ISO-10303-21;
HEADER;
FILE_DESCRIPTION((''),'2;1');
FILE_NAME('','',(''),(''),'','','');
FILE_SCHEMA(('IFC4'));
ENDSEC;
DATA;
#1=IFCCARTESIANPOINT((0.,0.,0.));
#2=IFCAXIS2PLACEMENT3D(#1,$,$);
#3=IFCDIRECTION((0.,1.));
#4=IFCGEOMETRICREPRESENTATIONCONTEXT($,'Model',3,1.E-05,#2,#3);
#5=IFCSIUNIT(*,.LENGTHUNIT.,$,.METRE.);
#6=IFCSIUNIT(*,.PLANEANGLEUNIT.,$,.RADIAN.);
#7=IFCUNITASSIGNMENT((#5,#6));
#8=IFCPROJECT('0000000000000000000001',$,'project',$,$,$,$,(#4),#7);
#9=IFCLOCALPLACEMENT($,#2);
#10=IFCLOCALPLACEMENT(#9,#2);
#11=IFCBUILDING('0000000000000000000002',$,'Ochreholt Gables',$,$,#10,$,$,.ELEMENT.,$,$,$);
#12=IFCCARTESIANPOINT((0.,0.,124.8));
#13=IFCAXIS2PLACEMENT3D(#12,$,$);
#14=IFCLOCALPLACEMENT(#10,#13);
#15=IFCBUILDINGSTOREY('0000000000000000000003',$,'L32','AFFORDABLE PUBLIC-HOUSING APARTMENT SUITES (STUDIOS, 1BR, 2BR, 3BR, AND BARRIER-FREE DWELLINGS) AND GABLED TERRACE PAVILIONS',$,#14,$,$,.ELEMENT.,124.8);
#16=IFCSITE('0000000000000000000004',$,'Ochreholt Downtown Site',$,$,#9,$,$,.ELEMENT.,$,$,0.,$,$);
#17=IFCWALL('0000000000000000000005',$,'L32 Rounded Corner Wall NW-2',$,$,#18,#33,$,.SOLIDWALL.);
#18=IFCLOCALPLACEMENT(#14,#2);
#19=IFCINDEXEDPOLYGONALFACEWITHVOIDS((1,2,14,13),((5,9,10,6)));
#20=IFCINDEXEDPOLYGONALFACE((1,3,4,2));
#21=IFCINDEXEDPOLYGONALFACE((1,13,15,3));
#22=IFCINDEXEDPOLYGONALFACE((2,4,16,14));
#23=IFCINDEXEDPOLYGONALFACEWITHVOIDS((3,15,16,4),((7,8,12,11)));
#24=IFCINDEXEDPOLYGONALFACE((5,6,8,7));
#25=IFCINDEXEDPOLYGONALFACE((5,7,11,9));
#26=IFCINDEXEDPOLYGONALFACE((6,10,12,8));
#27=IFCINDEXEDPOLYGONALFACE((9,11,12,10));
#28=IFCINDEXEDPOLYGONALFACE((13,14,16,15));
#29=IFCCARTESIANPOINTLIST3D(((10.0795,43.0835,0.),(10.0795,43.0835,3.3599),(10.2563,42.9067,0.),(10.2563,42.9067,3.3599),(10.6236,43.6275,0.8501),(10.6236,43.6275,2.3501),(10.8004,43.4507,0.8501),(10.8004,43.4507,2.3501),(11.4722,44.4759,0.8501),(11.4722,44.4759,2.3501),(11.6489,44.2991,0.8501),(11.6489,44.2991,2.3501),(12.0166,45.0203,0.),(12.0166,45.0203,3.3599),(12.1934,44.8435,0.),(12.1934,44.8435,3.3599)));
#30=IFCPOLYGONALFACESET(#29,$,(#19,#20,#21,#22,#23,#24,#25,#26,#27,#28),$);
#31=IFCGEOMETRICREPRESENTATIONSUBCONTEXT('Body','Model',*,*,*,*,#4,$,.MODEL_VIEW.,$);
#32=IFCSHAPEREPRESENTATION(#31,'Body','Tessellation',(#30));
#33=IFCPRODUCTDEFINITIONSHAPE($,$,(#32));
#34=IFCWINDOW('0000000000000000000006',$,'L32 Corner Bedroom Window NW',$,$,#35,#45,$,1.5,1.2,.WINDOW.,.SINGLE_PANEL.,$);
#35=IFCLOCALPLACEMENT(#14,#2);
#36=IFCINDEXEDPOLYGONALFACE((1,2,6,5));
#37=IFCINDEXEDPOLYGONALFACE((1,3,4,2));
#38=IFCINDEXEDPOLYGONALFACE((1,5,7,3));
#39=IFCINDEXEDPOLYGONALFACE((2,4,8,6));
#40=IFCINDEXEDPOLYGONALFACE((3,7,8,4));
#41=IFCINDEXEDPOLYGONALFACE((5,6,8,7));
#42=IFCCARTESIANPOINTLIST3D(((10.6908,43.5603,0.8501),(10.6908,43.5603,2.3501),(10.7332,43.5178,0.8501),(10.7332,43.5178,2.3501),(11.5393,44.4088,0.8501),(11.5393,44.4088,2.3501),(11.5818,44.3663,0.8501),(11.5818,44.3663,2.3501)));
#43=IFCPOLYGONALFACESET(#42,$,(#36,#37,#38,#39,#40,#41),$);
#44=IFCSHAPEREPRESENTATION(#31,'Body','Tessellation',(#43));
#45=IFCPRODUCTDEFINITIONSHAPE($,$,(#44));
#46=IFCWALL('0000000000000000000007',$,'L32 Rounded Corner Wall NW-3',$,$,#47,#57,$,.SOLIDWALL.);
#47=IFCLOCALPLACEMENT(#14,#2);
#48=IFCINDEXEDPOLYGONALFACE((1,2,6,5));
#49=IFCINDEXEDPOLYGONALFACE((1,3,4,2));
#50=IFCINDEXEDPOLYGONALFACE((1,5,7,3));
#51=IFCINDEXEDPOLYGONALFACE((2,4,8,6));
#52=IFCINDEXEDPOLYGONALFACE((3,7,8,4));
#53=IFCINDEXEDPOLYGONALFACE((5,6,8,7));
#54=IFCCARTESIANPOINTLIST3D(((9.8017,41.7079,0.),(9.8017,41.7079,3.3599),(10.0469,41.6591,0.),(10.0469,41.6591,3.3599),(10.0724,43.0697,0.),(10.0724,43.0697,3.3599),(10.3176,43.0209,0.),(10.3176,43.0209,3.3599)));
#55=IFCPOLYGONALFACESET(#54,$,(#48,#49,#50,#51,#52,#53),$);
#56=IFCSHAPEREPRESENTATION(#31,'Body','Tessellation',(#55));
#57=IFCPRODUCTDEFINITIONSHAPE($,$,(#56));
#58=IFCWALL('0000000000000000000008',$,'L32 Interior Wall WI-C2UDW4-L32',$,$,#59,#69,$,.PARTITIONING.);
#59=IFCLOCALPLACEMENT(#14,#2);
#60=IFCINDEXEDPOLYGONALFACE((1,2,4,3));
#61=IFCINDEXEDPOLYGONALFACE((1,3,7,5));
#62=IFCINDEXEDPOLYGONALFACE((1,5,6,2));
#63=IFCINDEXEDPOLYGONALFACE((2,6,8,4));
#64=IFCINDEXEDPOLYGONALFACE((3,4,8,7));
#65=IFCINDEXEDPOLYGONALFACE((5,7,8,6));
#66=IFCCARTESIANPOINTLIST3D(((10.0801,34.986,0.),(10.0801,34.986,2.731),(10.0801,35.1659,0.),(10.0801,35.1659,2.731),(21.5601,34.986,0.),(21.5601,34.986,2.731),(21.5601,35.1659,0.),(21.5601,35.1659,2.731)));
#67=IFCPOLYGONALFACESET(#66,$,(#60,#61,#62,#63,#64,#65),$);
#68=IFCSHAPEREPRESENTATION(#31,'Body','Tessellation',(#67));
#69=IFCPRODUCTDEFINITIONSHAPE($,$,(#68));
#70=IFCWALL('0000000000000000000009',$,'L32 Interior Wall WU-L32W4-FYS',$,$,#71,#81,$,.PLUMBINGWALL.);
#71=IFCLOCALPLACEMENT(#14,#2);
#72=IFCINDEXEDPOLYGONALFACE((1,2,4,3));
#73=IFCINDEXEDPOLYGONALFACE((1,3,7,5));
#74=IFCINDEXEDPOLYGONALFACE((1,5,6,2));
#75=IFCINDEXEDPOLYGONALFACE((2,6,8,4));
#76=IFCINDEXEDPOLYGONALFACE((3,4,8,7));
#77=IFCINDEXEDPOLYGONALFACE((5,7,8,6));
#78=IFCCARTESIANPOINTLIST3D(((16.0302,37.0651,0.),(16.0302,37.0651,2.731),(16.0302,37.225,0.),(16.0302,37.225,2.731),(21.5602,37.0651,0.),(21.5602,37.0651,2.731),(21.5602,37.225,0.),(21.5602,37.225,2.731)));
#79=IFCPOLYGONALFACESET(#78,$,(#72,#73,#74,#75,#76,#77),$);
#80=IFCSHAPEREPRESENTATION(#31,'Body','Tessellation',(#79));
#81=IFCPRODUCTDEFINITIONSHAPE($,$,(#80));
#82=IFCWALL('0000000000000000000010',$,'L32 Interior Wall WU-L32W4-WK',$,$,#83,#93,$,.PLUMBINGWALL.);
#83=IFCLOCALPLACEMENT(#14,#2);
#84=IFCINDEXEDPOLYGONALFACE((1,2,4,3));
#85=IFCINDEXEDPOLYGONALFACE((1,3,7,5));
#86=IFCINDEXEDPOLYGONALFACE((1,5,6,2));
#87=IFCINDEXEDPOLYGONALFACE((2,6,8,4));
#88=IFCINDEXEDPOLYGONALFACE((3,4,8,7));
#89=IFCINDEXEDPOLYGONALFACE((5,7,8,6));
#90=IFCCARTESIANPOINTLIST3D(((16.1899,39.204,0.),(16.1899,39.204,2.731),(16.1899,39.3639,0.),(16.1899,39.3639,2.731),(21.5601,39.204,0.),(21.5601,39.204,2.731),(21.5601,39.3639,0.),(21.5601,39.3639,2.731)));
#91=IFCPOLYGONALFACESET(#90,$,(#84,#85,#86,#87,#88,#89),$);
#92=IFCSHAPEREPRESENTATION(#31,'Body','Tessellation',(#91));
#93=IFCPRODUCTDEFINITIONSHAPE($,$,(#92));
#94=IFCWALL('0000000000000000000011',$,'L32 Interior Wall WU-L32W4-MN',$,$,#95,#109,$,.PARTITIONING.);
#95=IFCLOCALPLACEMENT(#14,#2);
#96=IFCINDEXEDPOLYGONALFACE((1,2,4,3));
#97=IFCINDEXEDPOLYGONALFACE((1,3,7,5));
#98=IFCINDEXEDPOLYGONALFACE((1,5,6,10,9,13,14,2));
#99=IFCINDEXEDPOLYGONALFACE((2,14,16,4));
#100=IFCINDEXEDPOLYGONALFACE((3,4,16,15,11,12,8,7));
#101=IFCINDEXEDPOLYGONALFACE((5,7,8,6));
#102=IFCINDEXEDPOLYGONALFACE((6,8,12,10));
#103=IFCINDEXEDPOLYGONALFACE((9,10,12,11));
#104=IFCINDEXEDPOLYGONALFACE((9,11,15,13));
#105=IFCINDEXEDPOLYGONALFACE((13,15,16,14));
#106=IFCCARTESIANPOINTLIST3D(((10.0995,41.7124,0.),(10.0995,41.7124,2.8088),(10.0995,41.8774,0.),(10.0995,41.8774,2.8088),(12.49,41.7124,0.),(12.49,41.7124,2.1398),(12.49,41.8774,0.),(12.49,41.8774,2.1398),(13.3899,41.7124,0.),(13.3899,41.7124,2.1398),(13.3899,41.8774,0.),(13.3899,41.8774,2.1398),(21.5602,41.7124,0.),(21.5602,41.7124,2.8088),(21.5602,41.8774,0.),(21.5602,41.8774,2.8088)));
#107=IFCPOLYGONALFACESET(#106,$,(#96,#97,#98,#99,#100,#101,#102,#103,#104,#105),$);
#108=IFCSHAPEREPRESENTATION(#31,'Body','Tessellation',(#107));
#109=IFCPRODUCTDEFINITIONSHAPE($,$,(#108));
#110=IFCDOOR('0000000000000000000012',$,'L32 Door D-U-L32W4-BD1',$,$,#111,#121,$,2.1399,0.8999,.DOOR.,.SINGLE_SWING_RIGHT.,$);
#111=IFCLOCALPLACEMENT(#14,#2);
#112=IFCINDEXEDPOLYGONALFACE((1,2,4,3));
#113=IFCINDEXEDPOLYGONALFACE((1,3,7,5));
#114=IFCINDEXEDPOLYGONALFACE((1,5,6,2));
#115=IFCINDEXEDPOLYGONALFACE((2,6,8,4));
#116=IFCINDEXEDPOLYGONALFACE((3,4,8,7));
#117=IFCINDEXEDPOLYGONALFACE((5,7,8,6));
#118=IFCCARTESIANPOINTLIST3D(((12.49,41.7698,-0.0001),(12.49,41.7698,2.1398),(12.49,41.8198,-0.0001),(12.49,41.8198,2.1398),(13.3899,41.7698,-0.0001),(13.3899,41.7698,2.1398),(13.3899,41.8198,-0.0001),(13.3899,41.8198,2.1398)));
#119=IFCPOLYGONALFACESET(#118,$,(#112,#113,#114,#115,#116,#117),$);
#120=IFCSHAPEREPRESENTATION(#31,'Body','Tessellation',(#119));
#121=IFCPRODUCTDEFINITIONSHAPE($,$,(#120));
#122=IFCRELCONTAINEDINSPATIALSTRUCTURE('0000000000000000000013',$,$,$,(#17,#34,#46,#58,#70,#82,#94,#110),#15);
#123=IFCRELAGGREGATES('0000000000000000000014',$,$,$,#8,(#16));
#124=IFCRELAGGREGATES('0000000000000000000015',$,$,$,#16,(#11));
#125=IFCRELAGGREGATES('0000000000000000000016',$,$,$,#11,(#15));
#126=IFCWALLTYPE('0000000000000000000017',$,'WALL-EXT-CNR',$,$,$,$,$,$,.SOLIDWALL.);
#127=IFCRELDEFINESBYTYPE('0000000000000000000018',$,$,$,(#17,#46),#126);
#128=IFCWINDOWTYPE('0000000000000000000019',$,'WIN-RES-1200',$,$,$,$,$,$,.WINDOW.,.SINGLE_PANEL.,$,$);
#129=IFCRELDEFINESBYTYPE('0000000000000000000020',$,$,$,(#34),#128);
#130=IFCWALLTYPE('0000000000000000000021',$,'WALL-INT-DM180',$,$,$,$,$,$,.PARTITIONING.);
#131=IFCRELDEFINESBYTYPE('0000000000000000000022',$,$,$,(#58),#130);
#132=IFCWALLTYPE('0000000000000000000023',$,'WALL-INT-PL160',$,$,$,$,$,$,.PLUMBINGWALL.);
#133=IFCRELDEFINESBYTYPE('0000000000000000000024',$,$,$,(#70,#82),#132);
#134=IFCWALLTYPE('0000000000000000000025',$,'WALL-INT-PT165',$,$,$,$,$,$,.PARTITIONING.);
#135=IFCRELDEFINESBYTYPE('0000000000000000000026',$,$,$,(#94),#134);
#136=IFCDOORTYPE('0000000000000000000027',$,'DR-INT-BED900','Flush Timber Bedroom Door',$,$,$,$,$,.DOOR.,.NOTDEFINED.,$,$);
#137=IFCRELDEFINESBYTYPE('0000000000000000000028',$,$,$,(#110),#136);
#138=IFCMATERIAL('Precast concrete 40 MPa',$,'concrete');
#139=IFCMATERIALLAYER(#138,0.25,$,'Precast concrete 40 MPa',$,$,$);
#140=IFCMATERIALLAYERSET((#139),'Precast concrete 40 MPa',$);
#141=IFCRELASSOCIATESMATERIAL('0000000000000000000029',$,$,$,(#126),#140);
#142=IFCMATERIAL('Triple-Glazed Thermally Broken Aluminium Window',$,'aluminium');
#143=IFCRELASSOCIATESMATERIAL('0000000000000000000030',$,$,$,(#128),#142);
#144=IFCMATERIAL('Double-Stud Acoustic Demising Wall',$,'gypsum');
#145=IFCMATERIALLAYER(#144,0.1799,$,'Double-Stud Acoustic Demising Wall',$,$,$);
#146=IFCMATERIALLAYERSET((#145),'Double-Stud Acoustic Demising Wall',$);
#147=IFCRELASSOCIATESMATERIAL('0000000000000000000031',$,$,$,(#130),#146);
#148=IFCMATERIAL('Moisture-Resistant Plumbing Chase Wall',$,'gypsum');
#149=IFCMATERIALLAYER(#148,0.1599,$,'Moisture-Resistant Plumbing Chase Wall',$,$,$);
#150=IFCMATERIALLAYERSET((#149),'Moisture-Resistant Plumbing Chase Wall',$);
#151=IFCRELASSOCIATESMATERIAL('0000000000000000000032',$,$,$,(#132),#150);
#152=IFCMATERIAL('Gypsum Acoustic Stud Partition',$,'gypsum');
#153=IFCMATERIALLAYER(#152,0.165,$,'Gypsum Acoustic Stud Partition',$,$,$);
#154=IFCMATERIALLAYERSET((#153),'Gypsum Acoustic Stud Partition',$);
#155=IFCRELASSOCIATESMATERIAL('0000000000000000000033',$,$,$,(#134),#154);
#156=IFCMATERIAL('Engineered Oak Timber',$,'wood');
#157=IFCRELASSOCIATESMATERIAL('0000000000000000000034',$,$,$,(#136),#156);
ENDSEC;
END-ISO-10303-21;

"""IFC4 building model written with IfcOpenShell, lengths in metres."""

from ifc_helpers import new_model, si_unit, direction, frame, frame_2d, origin, place, context, subcontext, project, spatial, rectangle, extrude, material, layer, layer_set, type_object, element, fill, save


model = new_model("IFC4")

# Units and contexts
model_context = context("Model", 3, precision=1e-05, world=origin(), true_north=direction((0.0, 1.0)))
body_context = subcontext(model_context, "Body", "Model", "MODEL_VIEW")
ifc_project = project(units=[si_unit("LENGTHUNIT", "METRE"), si_unit("PLANEANGLEUNIT", "RADIAN")], contexts=[model_context])

# Site, building, storey
site_placement = place(None, origin())
site = spatial("IfcSite", under=ifc_project, at=site_placement, Name="Ochreholt Downtown Site", CompositionType="ELEMENT", RefElevation=0.0)
building_placement = place(site_placement, origin())
building = spatial("IfcBuilding", under=site, at=building_placement, Name="Ochreholt Gables", CompositionType="ELEMENT")
storey_placement = place(building_placement, frame((0.0, 0.0, 124.8)))
storey = spatial("IfcBuildingStorey", under=building, at=storey_placement, Name="L32", Description="AFFORDABLE PUBLIC-HOUSING APARTMENT SUITES (STUDIOS, 1BR, 2BR, 3BR, AND BARRIER-FREE DWELLINGS) AND GABLED TERRACE PAVILIONS", CompositionType="ELEMENT", Elevation=124.8)

# Shared definitions
ifc_material_1 = material(Name="Precast concrete 40 MPa", Category="concrete")
ifc_material_2 = material(Name="Triple-Glazed Thermally Broken Aluminium Window", Category="aluminium")

# Shared definitions
ifc_layer_1 = layer(ifc_material_1, 0.25, Name="Precast concrete 40 MPa")
ifc_layer_set_1 = layer_set([ifc_layer_1], Name="Precast concrete 40 MPa")
wall_type_1 = type_object("IfcWallType", Name="WALL-EXT-CNR", PredefinedType="SOLIDWALL", material=ifc_layer_set_1)

# Wall, opening, window
wall_1_placement = place(storey_placement, frame((12.105, 44.9319, 0.0), z_axis=(0.0, 0.0, 1.0), x_axis=(-0.707151, -0.707062, 0.0)))
wall_1 = element("IfcWall", 1, at=wall_1_placement, inside=storey, type_object=wall_type_1, Name="L32 Rounded Corner Wall NW-2", PredefinedType="SOLIDWALL", context=body_context, shape_type="SweptSolid", body=[
    extrude(rectangle(XDim=2.7393, YDim=0.25, at=frame_2d((1.3696, 0.0))), origin(), (0.0, 0.0, 1.0), 3.3599),
])
opening_1_placement = place(wall_1_placement, frame((0.7698, 0.0, 0.8501)))
opening_1 = element("IfcOpeningElement", 2, at=opening_1_placement, cuts=wall_1, PredefinedType="OPENING", context=body_context, shape_type="SweptSolid", body=[
    extrude(rectangle(XDim=1.2, YDim=1.5, at=frame_2d((0.6001, 0.75))), frame((0.0, 0.135, 0.0), z_axis=(0.0, -1.0, 0.0), x_axis=(1.0, 0.0, 0.0)), (0.0, 0.0, 1.0), 0.27),
])
window_type_1 = type_object("IfcWindowType", Name="WIN-RES-1200", PartitioningType="SINGLE_PANEL", PredefinedType="WINDOW", material=ifc_material_2)
window_1_placement = place(opening_1_placement, origin())
window_1 = element("IfcWindow", 3, at=window_1_placement, inside=storey, type_object=window_type_1, Name="L32 Corner Bedroom Window NW", OverallHeight=1.5, OverallWidth=1.2, PartitioningType="SINGLE_PANEL", PredefinedType="WINDOW", context=body_context, shape_type="SweptSolid", body=[
    extrude(rectangle(XDim=1.2, YDim=1.5, at=frame_2d((0.6001, 0.75))), frame((0.0, 0.03, 0.0), z_axis=(0.0, -1.0, 0.0), x_axis=(1.0, 0.0, 0.0)), (0.0, 0.0, 1.0), 0.0601),
])
fill(opening_1, window_1)

# Walls
wall_2_placement = place(storey_placement, frame((10.1951, 43.0454, 0.0), z_axis=(0.0, 0.0, 1.0), x_axis=(-0.195, -0.980803, 0.0)))
element("IfcWall", 4, at=wall_2_placement, inside=storey, type_object=wall_type_1, Name="L32 Rounded Corner Wall NW-3", PredefinedType="SOLIDWALL", context=body_context, shape_type="SweptSolid", body=[
    extrude(rectangle(XDim=1.3884, YDim=0.25, at=frame_2d((0.6943, 0.0))), origin(), (0.0, 0.0, 1.0), 3.3599),
])
ifc_material_3 = material(Name="Double-Stud Acoustic Demising Wall", Category="gypsum")
ifc_layer_2 = layer(ifc_material_3, 0.1799, Name="Double-Stud Acoustic Demising Wall")
ifc_layer_set_2 = layer_set([ifc_layer_2], Name="Double-Stud Acoustic Demising Wall")
wall_type_2 = type_object("IfcWallType", Name="WALL-INT-DM180", PredefinedType="PARTITIONING", material=ifc_layer_set_2)
wall_3_placement = place(storey_placement, frame((10.0801, 35.0759, 0.0), z_axis=(0.0, 0.0, 1.0), x_axis=(1.0, 0.0, 0.0)))
element("IfcWall", 5, at=wall_3_placement, inside=storey, type_object=wall_type_2, Name="L32 Interior Wall WI-C2UDW4-L32", PredefinedType="PARTITIONING", context=body_context, shape_type="SweptSolid", body=[
    extrude(rectangle(XDim=11.48, YDim=0.1799, at=frame_2d((5.74, 0.0))), origin(), (0.0, 0.0, 1.0), 2.731),
])
ifc_material_4 = material(Name="Moisture-Resistant Plumbing Chase Wall", Category="gypsum")
ifc_layer_3 = layer(ifc_material_4, 0.1599, Name="Moisture-Resistant Plumbing Chase Wall")
ifc_layer_set_3 = layer_set([ifc_layer_3], Name="Moisture-Resistant Plumbing Chase Wall")
wall_type_3 = type_object("IfcWallType", Name="WALL-INT-PL160", PredefinedType="PLUMBINGWALL", material=ifc_layer_set_3)
wall_4_placement = place(storey_placement, frame((16.03, 37.145, 0.0), z_axis=(0.0, 0.0, 1.0), x_axis=(1.0, 0.0, 0.0)))
element("IfcWall", 6, at=wall_4_placement, inside=storey, type_object=wall_type_3, Name="L32 Interior Wall WU-L32W4-FYS", PredefinedType="PLUMBINGWALL", context=body_context, shape_type="SweptSolid", body=[
    extrude(rectangle(XDim=5.53, YDim=0.1599, at=frame_2d((2.7651, 0.0))), origin(), (0.0, 0.0, 1.0), 2.731),
])

# Shared definitions
ifc_material_5 = material(Name="Engineered Oak Timber", Category="wood")

# Wall
wall_5_placement = place(storey_placement, frame((16.1899, 39.2839, 0.0), z_axis=(0.0, 0.0, 1.0), x_axis=(1.0, 0.0, 0.0)))
element("IfcWall", 7, at=wall_5_placement, inside=storey, type_object=wall_type_3, Name="L32 Interior Wall WU-L32W4-WK", PredefinedType="PLUMBINGWALL", context=body_context, shape_type="SweptSolid", body=[
    extrude(rectangle(XDim=5.3701, YDim=0.1599, at=frame_2d((2.6851, 0.0))), origin(), (0.0, 0.0, 1.0), 2.731),
])

# Wall, opening, door
ifc_material_6 = material(Name="Gypsum Acoustic Stud Partition", Category="gypsum")
ifc_layer_4 = layer(ifc_material_6, 0.165, Name="Gypsum Acoustic Stud Partition")
ifc_layer_set_4 = layer_set([ifc_layer_4], Name="Gypsum Acoustic Stud Partition")
wall_type_4 = type_object("IfcWallType", Name="WALL-INT-PT165", PredefinedType="PARTITIONING", material=ifc_layer_set_4)
wall_6_placement = place(storey_placement, frame((10.0994, 41.7949, 0.0), z_axis=(0.0, 0.0, 1.0), x_axis=(1.0, 0.0, 0.0)))
wall_6 = element("IfcWall", 8, at=wall_6_placement, inside=storey, type_object=wall_type_4, Name="L32 Interior Wall WU-L32W4-MN", PredefinedType="PARTITIONING", context=body_context, shape_type="SweptSolid", body=[
    extrude(rectangle(XDim=11.4607, YDim=0.165, at=frame_2d((5.7305, 0.0))), origin(), (0.0, 0.0, 1.0), 2.8088),
])
opening_2_placement = place(wall_6_placement, frame((2.3906, 0.0, 0.0)))
opening_2 = element("IfcOpeningElement", 9, at=opening_2_placement, cuts=wall_6, PredefinedType="OPENING", context=body_context, shape_type="SweptSolid", body=[
    extrude(rectangle(XDim=0.8999, YDim=2.1399, at=frame_2d((0.45, 1.0698))), frame((0.0, 0.0925, 0.0), z_axis=(0.0, -1.0, 0.0), x_axis=(1.0, 0.0, 0.0)), (0.0, 0.0, 1.0), 0.1851),
])
door_type_1 = type_object("IfcDoorType", Name="DR-INT-BED900", Description="Flush Timber Bedroom Door", OperationType="NOTDEFINED", PredefinedType="DOOR", material=ifc_material_5)
door_1_placement = place(opening_2_placement, origin())
door_1 = element("IfcDoor", 10, at=door_1_placement, inside=storey, type_object=door_type_1, Name="L32 Door D-U-L32W4-BD1", OperationType="SINGLE_SWING_RIGHT", OverallHeight=2.1399, OverallWidth=0.8999, PredefinedType="DOOR", context=body_context, shape_type="SweptSolid", body=[
    extrude(rectangle(XDim=0.8999, YDim=2.1399, at=frame_2d((0.45, 1.0698))), frame((0.0, 0.0249, 0.0), z_axis=(0.0, -1.0, 0.0), x_axis=(1.0, 0.0, 0.0)), (0.0, 0.0, 1.0), 0.05),
])
fill(opening_2, door_1)

save(model, "model.ifc")
